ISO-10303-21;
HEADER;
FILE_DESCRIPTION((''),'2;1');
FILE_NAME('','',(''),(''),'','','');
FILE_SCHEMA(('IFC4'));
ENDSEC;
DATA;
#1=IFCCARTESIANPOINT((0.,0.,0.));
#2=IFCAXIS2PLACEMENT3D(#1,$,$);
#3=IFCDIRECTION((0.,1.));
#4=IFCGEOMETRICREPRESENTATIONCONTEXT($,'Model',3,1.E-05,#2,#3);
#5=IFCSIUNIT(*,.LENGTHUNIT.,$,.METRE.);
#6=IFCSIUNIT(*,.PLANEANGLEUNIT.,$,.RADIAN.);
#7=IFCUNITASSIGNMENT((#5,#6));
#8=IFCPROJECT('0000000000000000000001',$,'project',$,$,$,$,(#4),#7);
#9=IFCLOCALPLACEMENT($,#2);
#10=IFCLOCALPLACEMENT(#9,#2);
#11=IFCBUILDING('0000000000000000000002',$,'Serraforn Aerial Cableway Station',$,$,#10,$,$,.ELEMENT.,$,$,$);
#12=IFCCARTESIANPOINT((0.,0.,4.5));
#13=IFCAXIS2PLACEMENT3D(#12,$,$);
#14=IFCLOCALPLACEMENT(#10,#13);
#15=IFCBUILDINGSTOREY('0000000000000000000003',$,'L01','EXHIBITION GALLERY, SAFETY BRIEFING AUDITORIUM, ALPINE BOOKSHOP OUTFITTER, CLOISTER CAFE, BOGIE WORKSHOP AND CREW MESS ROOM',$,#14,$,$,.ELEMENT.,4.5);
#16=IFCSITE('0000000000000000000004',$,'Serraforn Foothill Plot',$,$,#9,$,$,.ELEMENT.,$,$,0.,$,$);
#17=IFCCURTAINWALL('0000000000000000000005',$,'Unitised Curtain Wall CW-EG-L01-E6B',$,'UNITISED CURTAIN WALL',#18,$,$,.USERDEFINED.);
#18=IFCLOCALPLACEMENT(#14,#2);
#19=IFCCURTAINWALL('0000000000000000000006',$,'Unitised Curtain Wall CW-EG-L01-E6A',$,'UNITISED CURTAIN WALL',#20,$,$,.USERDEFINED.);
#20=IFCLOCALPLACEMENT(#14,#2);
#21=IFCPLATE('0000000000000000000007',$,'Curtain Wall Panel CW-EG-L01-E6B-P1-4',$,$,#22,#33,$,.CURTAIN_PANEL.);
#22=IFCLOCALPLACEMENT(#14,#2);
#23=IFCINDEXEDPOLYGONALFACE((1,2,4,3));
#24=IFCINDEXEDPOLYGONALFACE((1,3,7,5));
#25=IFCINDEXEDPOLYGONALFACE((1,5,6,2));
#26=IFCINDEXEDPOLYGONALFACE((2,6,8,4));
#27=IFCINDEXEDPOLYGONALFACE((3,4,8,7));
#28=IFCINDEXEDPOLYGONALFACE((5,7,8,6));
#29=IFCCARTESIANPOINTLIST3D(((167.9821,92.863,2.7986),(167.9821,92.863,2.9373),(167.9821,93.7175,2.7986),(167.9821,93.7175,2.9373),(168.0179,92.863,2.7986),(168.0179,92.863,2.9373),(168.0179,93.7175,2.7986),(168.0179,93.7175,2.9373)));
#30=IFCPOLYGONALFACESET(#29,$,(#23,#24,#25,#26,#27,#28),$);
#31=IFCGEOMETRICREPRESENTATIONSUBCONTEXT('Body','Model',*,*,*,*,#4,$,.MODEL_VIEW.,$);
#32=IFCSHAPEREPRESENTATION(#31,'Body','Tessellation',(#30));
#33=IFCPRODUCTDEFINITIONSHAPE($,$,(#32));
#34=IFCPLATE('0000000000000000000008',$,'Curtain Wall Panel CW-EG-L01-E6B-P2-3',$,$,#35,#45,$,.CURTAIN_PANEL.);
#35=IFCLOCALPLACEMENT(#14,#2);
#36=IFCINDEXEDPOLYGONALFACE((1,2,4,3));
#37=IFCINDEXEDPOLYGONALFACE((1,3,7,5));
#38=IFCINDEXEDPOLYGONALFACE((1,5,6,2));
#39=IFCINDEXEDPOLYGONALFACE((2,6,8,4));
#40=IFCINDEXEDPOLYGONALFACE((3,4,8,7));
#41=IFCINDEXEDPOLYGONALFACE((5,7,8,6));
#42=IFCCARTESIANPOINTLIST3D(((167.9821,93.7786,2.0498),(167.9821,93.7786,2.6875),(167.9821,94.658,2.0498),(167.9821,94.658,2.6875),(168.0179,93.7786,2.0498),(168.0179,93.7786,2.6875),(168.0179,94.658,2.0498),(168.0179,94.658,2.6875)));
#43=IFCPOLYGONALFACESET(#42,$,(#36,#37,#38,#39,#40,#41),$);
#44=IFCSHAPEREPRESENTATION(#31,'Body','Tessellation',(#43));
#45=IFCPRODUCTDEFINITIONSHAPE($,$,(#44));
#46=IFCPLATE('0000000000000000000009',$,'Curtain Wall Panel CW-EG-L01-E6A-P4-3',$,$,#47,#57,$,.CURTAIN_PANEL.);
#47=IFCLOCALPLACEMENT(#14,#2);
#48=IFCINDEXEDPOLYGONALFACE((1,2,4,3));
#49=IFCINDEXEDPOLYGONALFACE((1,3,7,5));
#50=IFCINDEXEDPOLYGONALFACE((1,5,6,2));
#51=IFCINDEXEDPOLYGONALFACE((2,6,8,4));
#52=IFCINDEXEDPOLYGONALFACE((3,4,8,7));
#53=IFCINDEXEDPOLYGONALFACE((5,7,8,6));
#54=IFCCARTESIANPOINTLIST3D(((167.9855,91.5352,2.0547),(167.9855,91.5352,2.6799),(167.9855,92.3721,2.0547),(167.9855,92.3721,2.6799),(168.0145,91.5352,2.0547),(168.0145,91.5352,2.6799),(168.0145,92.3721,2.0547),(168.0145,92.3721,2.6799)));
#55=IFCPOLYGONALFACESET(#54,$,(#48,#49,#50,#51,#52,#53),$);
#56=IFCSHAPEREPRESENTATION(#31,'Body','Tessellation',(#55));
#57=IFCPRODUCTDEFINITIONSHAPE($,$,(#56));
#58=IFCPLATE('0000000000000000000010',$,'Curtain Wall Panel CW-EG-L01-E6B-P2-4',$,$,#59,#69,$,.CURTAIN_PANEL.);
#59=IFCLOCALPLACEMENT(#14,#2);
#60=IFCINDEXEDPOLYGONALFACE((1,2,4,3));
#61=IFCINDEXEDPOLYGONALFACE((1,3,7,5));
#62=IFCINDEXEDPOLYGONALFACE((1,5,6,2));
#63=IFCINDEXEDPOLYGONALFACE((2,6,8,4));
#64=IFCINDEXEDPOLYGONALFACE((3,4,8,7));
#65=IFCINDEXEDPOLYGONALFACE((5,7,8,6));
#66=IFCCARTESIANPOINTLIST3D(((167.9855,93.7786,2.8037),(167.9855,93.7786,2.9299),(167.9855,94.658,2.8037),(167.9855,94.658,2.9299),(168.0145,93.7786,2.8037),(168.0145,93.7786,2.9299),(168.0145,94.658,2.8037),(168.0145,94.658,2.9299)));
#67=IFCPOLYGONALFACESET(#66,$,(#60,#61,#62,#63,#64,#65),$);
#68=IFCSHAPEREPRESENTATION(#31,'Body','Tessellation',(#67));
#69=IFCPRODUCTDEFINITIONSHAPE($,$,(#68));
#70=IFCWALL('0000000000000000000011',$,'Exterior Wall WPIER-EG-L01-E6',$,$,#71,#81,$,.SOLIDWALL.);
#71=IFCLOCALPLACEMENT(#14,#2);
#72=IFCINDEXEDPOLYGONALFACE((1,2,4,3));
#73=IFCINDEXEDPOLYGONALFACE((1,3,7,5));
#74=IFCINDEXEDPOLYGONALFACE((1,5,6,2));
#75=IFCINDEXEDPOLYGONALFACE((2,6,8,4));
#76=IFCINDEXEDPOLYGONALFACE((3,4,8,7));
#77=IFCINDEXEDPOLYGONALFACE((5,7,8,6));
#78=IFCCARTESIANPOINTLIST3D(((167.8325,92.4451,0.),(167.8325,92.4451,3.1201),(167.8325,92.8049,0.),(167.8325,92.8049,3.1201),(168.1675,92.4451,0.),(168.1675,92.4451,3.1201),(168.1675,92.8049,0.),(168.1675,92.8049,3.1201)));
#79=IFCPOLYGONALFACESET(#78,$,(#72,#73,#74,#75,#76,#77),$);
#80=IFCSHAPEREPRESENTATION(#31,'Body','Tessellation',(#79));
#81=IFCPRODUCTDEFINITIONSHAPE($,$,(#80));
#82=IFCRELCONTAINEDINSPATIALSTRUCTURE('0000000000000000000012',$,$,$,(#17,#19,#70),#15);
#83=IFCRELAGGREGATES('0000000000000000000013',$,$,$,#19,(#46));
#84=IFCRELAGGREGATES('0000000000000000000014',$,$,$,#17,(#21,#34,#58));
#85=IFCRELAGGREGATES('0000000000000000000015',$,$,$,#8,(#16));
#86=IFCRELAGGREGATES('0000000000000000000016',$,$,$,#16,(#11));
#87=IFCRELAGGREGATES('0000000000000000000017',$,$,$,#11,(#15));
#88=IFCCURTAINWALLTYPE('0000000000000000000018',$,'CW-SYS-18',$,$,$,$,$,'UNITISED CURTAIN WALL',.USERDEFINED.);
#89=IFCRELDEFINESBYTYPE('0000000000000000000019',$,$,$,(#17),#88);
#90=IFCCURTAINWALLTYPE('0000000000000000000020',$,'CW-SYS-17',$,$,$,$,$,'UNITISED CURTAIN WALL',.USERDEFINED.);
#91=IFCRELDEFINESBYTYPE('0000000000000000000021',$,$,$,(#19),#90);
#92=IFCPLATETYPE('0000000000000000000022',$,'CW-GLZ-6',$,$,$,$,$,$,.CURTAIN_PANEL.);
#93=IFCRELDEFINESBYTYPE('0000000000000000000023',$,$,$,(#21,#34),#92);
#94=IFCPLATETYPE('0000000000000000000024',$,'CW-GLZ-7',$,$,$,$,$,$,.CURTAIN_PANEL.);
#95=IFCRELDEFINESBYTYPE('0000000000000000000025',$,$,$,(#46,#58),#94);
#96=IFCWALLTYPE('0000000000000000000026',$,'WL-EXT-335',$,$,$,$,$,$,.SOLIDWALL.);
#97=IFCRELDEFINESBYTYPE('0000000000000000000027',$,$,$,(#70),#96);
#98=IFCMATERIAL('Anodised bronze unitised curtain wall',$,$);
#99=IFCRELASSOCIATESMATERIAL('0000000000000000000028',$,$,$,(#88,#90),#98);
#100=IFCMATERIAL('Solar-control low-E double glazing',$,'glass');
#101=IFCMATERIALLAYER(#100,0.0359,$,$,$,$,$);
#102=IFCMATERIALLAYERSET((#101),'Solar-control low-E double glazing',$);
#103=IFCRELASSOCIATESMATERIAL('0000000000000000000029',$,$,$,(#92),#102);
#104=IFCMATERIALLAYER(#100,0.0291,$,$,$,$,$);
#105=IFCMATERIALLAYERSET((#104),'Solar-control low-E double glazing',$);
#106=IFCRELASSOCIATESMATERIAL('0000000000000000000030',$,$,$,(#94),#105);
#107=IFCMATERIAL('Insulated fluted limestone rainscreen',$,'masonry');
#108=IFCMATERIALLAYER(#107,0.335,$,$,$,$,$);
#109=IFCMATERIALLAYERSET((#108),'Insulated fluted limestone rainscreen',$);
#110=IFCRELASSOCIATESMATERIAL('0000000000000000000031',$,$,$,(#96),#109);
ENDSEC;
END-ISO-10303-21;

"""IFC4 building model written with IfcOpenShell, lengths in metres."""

from ifc_helpers import new_model, si_unit, direction, frame, frame_2d, origin, origin_2d, place, context, subcontext, project, spatial, rectangle, extrude, material, layer, layer_set, type_object, element, aggregate, save


model = new_model("IFC4")

# Units and contexts
model_context = context("Model", 3, precision=1e-05, world=origin(), true_north=direction((0.0, 1.0)))
body_context = subcontext(model_context, "Body", "Model", "MODEL_VIEW")
ifc_project = project(units=[si_unit("LENGTHUNIT", "METRE"), si_unit("PLANEANGLEUNIT", "RADIAN")], contexts=[model_context])

# Site, building, storey
site_placement = place(None, origin())
site = spatial("IfcSite", under=ifc_project, at=site_placement, Name="Serraforn Foothill Plot", CompositionType="ELEMENT", RefElevation=0.0)
building_placement = place(site_placement, origin())
building = spatial("IfcBuilding", under=site, at=building_placement, Name="Serraforn Aerial Cableway Station", CompositionType="ELEMENT")
storey_placement = place(building_placement, frame((0.0, 0.0, 4.5)))
storey = spatial("IfcBuildingStorey", under=building, at=storey_placement, Name="L01", Description="EXHIBITION GALLERY, SAFETY BRIEFING AUDITORIUM, ALPINE BOOKSHOP OUTFITTER, CLOISTER CAFE, BOGIE WORKSHOP AND CREW MESS ROOM", CompositionType="ELEMENT", Elevation=4.5)

# Curtain wall
ifc_material_1 = material(Name="Anodised bronze unitised curtain wall")
curtain_wall_type_1 = type_object("IfcCurtainWallType", Name="CW-SYS-18", ElementType="UNITISED CURTAIN WALL", PredefinedType="USERDEFINED", material=ifc_material_1)
curtain_wall_1_placement = place(storey_placement, origin())
curtain_wall_1 = element("IfcCurtainWall", 1, at=curtain_wall_1_placement, inside=storey, type_object=curtain_wall_type_1, Name="Unitised Curtain Wall CW-EG-L01-E6B", ObjectType="UNITISED CURTAIN WALL", PredefinedType="USERDEFINED")

# Curtain wall
curtain_wall_type_2 = type_object("IfcCurtainWallType", Name="CW-SYS-17", ElementType="UNITISED CURTAIN WALL", PredefinedType="USERDEFINED", material=ifc_material_1)
curtain_wall_2_placement = place(storey_placement, origin())
curtain_wall_2 = element("IfcCurtainWall", 2, at=curtain_wall_2_placement, inside=storey, type_object=curtain_wall_type_2, Name="Unitised Curtain Wall CW-EG-L01-E6A", ObjectType="UNITISED CURTAIN WALL", PredefinedType="USERDEFINED")

# Plates
ifc_material_2 = material(Name="Solar-control low-E double glazing", Category="glass")
ifc_layer_1 = layer(ifc_material_2, 0.0359)
ifc_layer_set_1 = layer_set([ifc_layer_1], Name="Solar-control low-E double glazing")
plate_type_1 = type_object("IfcPlateType", Name="CW-GLZ-6", PredefinedType="CURTAIN_PANEL", material=ifc_layer_set_1)
plate_1_placement = place(storey_placement, frame((168.0, 93.2903, 2.7986), z_axis=(0.0, 0.0, 1.0), x_axis=(1.0, 0.0, 0.0)))
plate_1 = element("IfcPlate", 3, at=plate_1_placement, type_object=plate_type_1, Name="Curtain Wall Panel CW-EG-L01-E6B-P1-4", PredefinedType="CURTAIN_PANEL", context=body_context, shape_type="SweptSolid", body=[
    extrude(rectangle(XDim=0.0359, YDim=0.8545, at=origin_2d()), origin(), (0.0, 0.0, 1.0), 0.1387),
])
plate_2_placement = place(storey_placement, frame((168.0, 94.2183, 2.0498), z_axis=(0.0, 0.0, 1.0), x_axis=(1.0, 0.0, 0.0)))
plate_2 = element("IfcPlate", 4, at=plate_2_placement, type_object=plate_type_1, Name="Curtain Wall Panel CW-EG-L01-E6B-P2-3", PredefinedType="CURTAIN_PANEL", context=body_context, shape_type="SweptSolid", body=[
    extrude(rectangle(XDim=0.0359, YDim=0.8794, at=origin_2d()), origin(), (0.0, 0.0, 1.0), 0.6377),
])
ifc_layer_2 = layer(ifc_material_2, 0.0291)
ifc_layer_set_2 = layer_set([ifc_layer_2], Name="Solar-control low-E double glazing")
plate_type_2 = type_object("IfcPlateType", Name="CW-GLZ-7", PredefinedType="CURTAIN_PANEL", material=ifc_layer_set_2)
plate_3_placement = place(storey_placement, frame((168.0, 91.9536, 2.0547), z_axis=(0.0, 0.0, 1.0), x_axis=(1.0, 0.0, 0.0)))
plate_3 = element("IfcPlate", 5, at=plate_3_placement, type_object=plate_type_2, Name="Curtain Wall Panel CW-EG-L01-E6A-P4-3", PredefinedType="CURTAIN_PANEL", context=body_context, shape_type="SweptSolid", body=[
    extrude(rectangle(XDim=0.0291, YDim=0.8369, at=origin_2d()), origin(), (0.0, 0.0, 1.0), 0.6252),
])
aggregate(curtain_wall_2, [plate_3])
plate_4_placement = place(storey_placement, frame((168.0, 94.2183, 2.8037), z_axis=(0.0, 0.0, 1.0), x_axis=(1.0, 0.0, 0.0)))
plate_4 = element("IfcPlate", 6, at=plate_4_placement, type_object=plate_type_2, Name="Curtain Wall Panel CW-EG-L01-E6B-P2-4", PredefinedType="CURTAIN_PANEL", context=body_context, shape_type="SweptSolid", body=[
    extrude(rectangle(XDim=0.0291, YDim=0.8794, at=origin_2d()), origin(), (0.0, 0.0, 1.0), 0.1262),
])
aggregate(curtain_wall_1, [plate_1, plate_2, plate_4])

# Wall
ifc_material_3 = material(Name="Insulated fluted limestone rainscreen", Category="masonry")
ifc_layer_3 = layer(ifc_material_3, 0.335)
ifc_layer_set_3 = layer_set([ifc_layer_3], Name="Insulated fluted limestone rainscreen")
wall_type = type_object("IfcWallType", Name="WL-EXT-335", PredefinedType="SOLIDWALL", material=ifc_layer_set_3)
wall_placement = place(storey_placement, frame((168.0, 92.4451, 0.0), z_axis=(0.0, 0.0, 1.0), x_axis=(0.0, 1.0, 0.0)))
element("IfcWall", 7, at=wall_placement, inside=storey, type_object=wall_type, Name="Exterior Wall WPIER-EG-L01-E6", PredefinedType="SOLIDWALL", context=body_context, shape_type="SweptSolid", body=[
    extrude(rectangle(XDim=0.3599, YDim=0.335, at=frame_2d((0.1799, 0.0))), origin(), (0.0, 0.0, 1.0), 3.1201),
])

save(model, "model.ifc")
